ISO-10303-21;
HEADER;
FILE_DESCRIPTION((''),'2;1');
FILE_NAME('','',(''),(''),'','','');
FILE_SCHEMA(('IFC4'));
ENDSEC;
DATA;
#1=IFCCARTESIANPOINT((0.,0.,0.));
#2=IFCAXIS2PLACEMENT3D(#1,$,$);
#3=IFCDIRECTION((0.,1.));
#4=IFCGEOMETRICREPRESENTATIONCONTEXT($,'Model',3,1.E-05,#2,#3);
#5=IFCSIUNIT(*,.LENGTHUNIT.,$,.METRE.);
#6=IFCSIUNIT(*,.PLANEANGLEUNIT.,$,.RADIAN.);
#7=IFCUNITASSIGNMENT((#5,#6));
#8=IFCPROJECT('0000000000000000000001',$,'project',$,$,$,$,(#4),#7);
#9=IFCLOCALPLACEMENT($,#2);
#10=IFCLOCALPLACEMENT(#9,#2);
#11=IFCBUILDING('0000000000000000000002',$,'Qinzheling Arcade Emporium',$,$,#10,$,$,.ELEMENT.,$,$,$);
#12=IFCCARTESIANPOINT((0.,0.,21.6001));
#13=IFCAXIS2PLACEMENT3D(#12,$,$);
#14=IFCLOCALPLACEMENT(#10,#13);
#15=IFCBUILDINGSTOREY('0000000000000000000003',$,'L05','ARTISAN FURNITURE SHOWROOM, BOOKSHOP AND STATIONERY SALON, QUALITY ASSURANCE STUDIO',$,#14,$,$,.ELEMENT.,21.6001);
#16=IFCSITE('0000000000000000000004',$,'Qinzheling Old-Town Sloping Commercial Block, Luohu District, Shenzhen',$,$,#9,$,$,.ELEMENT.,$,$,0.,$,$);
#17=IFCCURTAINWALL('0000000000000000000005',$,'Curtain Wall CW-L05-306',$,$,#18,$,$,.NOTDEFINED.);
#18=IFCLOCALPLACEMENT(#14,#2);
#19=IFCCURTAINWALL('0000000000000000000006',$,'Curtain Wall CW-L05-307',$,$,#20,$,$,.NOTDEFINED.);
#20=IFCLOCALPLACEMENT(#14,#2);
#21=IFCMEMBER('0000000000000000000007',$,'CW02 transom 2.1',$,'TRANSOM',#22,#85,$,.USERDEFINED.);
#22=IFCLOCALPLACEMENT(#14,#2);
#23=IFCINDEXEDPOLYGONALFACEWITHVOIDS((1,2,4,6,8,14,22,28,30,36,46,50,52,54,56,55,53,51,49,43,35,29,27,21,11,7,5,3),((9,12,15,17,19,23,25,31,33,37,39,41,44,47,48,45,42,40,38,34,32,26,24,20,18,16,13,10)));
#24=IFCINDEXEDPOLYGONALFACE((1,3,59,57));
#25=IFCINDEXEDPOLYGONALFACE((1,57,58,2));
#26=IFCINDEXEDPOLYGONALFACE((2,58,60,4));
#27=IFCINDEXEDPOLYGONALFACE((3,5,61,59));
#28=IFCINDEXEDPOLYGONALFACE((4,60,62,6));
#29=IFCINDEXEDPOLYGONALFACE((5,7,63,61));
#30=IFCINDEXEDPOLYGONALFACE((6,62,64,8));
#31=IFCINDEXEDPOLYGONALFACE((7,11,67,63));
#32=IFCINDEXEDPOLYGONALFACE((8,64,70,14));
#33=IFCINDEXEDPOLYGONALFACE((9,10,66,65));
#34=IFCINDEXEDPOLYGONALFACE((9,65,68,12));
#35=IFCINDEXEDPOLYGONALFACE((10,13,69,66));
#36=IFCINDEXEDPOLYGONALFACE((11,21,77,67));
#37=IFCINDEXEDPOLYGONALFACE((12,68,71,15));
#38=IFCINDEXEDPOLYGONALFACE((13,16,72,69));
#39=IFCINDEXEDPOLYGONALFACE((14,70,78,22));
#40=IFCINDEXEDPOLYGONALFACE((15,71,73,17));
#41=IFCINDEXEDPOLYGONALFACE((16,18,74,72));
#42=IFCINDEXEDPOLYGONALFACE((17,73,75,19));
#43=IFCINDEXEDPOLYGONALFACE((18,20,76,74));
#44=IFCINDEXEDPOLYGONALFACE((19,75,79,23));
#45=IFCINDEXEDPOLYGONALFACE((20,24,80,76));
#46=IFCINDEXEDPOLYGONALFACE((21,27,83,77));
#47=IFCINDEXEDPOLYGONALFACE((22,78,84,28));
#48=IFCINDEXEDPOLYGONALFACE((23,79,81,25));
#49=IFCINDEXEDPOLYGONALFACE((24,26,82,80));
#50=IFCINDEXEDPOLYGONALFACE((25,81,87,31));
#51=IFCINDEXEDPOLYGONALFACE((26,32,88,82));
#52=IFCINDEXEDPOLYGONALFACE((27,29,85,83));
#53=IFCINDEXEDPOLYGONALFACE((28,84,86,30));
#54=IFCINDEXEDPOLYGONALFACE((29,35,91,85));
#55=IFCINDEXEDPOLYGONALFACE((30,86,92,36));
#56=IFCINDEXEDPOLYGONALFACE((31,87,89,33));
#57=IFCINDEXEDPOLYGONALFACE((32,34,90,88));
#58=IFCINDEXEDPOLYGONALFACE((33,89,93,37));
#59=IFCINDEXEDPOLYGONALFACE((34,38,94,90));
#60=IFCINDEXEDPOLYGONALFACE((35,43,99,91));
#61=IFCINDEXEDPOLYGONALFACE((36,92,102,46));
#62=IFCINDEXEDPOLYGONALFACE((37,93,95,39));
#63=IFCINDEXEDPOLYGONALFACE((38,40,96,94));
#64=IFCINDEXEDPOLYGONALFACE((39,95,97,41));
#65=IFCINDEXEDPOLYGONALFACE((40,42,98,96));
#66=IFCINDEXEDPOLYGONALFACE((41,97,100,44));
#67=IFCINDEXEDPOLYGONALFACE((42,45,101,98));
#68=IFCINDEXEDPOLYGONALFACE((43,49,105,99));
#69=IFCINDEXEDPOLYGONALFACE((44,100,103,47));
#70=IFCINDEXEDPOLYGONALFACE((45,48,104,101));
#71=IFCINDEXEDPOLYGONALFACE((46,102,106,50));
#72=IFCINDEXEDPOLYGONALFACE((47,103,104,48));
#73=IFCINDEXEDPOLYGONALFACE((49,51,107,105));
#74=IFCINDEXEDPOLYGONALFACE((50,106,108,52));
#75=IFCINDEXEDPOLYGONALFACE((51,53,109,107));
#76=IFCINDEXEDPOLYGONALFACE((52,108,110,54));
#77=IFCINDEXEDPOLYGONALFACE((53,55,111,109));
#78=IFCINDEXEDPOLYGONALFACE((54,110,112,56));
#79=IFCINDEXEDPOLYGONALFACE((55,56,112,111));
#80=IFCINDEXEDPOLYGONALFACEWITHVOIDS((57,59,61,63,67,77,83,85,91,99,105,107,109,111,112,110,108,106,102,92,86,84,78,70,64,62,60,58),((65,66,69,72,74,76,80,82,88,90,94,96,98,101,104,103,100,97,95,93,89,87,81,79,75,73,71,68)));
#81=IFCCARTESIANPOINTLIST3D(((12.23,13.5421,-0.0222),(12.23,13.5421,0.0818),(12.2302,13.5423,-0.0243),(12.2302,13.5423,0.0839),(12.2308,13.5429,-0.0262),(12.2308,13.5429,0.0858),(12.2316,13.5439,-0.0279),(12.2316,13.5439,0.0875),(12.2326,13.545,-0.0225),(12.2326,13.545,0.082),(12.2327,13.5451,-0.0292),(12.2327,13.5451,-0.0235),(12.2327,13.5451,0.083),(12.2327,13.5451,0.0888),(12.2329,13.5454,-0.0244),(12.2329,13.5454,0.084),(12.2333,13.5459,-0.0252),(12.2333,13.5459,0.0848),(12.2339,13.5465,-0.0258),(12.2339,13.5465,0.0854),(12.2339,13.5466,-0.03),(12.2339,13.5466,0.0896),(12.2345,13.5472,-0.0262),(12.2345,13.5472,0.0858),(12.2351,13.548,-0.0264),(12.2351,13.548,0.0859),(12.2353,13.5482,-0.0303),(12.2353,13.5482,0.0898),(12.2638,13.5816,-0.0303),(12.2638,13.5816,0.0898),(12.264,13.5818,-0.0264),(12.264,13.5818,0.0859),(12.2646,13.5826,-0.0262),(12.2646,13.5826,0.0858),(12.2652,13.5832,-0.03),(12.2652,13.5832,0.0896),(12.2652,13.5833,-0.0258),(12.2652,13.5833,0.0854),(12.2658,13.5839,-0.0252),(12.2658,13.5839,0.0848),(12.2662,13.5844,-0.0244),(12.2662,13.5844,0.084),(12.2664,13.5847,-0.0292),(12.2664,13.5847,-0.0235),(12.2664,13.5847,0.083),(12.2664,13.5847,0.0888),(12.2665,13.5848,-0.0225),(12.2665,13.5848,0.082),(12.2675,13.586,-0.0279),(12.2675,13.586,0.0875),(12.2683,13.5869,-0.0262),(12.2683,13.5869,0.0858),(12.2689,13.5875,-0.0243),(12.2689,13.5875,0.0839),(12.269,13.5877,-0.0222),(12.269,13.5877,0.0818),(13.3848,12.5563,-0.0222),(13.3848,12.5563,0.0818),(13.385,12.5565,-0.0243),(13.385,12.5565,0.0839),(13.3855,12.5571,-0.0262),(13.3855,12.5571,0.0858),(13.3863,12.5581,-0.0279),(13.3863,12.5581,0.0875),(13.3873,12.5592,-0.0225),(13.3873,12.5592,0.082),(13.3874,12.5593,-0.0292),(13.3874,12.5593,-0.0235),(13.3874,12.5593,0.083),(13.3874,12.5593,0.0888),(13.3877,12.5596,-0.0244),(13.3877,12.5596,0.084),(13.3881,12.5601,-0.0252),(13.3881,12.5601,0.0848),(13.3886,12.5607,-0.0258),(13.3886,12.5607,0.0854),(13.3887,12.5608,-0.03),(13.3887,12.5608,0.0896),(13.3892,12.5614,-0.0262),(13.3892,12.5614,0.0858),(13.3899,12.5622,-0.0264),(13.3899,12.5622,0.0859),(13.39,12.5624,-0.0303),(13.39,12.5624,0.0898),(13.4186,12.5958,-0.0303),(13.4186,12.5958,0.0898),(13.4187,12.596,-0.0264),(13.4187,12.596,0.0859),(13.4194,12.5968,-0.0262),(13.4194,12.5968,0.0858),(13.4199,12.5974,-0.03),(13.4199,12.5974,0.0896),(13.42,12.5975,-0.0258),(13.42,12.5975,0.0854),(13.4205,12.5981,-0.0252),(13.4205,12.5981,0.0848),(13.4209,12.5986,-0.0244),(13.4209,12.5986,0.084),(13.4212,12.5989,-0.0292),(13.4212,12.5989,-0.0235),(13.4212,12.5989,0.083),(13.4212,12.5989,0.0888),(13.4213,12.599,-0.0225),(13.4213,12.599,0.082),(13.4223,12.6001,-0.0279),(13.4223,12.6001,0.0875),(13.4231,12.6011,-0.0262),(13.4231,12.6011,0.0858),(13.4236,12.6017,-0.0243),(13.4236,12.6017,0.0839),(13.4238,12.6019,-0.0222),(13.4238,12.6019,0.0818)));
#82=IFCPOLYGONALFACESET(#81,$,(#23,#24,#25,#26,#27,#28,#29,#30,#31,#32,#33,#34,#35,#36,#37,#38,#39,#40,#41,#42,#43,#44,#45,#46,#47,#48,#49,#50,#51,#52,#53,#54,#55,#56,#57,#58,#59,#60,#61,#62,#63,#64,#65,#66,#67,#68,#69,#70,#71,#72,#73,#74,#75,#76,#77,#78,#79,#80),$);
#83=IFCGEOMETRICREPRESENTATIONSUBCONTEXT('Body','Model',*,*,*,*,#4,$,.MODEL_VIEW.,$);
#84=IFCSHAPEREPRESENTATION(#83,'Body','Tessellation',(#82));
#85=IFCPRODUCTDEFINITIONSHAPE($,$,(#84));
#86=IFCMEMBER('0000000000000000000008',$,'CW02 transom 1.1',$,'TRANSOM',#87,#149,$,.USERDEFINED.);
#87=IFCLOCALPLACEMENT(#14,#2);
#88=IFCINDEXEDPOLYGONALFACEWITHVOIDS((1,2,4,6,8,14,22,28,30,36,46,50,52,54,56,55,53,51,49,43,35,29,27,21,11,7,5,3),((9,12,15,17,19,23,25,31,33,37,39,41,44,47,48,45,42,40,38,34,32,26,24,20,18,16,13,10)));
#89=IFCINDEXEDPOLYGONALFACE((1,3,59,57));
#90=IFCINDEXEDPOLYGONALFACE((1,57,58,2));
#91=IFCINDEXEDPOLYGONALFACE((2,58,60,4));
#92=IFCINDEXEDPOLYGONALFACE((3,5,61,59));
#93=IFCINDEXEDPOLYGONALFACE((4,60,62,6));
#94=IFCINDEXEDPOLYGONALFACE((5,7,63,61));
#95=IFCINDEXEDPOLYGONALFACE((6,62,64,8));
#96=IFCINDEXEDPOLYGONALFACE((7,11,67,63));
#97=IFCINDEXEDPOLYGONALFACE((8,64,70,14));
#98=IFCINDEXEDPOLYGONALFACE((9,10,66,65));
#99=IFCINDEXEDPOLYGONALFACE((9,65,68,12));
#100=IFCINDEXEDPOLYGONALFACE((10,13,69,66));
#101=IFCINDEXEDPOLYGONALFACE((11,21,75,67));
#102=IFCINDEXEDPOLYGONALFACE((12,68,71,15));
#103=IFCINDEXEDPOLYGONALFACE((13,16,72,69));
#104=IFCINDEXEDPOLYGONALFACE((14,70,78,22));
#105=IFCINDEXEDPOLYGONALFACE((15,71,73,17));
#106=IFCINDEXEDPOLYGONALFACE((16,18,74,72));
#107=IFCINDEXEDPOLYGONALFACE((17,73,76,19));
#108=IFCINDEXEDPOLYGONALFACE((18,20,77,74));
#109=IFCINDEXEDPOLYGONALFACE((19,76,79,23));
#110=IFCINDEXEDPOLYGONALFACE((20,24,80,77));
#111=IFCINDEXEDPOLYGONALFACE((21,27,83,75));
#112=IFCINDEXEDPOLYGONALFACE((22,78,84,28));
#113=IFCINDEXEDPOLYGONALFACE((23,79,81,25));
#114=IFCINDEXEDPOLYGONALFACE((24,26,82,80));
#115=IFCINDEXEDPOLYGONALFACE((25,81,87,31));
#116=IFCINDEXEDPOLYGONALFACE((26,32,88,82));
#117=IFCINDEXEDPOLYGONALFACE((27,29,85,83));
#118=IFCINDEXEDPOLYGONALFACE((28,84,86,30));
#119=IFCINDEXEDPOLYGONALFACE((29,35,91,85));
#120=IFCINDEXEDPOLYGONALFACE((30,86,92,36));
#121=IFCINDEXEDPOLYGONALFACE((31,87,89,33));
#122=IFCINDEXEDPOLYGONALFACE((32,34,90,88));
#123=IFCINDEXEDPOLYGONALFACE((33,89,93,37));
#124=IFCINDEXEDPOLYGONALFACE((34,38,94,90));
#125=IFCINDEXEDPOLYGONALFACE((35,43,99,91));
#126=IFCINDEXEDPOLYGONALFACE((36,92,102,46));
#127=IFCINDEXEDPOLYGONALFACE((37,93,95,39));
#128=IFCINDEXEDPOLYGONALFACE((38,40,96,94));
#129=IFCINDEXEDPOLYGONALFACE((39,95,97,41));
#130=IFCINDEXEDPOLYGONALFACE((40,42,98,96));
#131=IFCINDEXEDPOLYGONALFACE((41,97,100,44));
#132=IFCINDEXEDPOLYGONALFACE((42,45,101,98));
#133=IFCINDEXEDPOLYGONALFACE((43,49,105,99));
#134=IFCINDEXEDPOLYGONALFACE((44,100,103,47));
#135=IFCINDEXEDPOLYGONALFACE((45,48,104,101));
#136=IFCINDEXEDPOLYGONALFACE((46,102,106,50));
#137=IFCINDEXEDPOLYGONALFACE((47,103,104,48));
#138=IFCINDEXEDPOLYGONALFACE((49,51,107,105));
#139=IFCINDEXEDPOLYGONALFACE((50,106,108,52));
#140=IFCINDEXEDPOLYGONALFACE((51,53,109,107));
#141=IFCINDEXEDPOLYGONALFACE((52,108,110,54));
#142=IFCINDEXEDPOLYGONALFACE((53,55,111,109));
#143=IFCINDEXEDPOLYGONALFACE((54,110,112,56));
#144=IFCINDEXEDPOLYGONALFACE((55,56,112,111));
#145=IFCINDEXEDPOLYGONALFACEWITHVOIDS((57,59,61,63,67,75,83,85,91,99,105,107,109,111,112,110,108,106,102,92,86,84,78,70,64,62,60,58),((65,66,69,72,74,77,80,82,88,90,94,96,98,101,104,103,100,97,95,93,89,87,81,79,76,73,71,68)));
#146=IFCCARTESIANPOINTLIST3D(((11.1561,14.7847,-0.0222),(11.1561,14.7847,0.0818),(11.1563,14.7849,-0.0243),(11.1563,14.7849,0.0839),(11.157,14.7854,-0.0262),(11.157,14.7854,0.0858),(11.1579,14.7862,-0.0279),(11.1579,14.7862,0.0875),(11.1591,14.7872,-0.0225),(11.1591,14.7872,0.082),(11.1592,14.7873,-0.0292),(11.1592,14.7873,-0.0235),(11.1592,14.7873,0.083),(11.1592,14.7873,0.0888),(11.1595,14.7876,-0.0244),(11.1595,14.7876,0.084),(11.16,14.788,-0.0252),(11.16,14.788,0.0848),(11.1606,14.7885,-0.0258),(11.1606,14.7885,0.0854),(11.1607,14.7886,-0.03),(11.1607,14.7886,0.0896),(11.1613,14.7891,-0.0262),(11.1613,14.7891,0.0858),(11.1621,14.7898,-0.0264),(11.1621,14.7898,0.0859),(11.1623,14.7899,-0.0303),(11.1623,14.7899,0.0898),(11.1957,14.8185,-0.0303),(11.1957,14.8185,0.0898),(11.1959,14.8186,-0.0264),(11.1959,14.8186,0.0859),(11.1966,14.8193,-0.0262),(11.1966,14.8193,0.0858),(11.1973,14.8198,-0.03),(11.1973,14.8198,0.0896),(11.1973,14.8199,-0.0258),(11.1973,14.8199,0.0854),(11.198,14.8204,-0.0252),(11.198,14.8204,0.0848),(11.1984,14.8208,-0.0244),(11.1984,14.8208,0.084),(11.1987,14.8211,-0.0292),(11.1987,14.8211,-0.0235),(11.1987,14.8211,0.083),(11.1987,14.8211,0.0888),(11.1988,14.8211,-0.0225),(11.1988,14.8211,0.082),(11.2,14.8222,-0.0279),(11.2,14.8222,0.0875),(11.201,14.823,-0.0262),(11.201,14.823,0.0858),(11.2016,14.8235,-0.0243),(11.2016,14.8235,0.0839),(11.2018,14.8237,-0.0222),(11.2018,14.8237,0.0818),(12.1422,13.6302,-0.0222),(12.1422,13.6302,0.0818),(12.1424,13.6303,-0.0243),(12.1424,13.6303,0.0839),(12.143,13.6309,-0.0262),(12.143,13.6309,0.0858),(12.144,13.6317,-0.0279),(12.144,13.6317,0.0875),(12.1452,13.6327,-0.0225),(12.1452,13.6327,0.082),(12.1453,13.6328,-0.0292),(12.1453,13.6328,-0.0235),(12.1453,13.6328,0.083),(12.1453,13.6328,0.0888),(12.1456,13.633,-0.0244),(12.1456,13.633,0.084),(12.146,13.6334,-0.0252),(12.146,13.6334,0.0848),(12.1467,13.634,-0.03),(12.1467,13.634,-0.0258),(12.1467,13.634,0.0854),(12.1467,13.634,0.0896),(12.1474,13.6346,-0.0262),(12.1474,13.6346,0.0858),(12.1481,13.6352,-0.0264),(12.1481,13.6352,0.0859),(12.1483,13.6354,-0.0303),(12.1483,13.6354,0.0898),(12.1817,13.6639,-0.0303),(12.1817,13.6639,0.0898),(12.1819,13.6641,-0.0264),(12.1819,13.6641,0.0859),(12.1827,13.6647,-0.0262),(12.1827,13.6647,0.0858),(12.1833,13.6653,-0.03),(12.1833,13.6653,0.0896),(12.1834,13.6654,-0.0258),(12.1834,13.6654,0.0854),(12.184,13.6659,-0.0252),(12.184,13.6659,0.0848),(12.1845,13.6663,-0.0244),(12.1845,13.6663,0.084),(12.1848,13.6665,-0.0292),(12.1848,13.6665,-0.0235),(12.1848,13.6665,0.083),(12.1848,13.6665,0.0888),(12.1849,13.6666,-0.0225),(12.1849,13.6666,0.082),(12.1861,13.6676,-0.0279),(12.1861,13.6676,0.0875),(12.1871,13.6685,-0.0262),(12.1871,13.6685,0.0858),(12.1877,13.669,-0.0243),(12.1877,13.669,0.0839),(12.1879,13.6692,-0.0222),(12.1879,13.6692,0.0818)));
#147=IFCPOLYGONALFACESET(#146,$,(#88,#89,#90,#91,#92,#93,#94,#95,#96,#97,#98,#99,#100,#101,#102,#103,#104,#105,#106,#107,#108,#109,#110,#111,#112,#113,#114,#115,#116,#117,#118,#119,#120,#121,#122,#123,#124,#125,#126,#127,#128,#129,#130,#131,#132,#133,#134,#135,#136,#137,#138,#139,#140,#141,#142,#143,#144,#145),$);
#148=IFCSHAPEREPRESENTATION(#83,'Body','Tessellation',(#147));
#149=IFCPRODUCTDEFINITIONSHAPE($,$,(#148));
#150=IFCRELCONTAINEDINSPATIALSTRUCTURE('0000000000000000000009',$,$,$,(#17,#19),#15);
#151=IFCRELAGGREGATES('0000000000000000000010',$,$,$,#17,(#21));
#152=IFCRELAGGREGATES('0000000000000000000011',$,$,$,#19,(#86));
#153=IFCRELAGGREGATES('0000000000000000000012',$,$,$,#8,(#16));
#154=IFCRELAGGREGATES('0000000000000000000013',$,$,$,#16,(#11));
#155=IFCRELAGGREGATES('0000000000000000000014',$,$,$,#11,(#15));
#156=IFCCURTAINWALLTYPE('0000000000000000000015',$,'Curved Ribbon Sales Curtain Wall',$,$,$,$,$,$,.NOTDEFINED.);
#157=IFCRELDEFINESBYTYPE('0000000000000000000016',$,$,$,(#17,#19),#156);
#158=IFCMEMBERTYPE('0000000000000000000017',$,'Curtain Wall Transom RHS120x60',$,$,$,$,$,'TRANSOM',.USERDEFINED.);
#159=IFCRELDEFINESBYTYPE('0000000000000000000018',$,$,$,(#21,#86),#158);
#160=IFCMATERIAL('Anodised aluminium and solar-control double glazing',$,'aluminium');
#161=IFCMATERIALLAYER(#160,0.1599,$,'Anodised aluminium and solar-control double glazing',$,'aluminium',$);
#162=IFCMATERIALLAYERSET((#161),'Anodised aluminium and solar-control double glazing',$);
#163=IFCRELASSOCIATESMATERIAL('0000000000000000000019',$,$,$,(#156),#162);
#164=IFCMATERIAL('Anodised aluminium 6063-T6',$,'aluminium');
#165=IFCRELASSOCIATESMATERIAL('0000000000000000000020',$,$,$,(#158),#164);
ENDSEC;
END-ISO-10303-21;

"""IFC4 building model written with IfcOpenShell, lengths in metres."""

from ifc_helpers import new_model, si_unit, direction, frame, origin, origin_2d, place, context, subcontext, project, spatial, hollow_rectangle, extrude, material, layer, layer_set, material_profile, profile_set, type_object, element, aggregate, save


model = new_model("IFC4")

# Units and contexts
model_context = context("Model", 3, precision=1e-05, world=origin(), true_north=direction((0.0, 1.0)))
body_context = subcontext(model_context, "Body", "Model", "MODEL_VIEW")
ifc_project = project(units=[si_unit("LENGTHUNIT", "METRE"), si_unit("PLANEANGLEUNIT", "RADIAN")], contexts=[model_context])

# Site, building, storey
site_placement = place(None, origin())
site = spatial("IfcSite", under=ifc_project, at=site_placement, Name="Qinzheling Old-Town Sloping Commercial Block, Luohu District, Shenzhen", CompositionType="ELEMENT", RefElevation=0.0)
building_placement = place(site_placement, origin())
building = spatial("IfcBuilding", under=site, at=building_placement, Name="Qinzheling Arcade Emporium", CompositionType="ELEMENT")
storey_placement = place(building_placement, frame((0.0, 0.0, 21.6001)))
storey = spatial("IfcBuildingStorey", under=building, at=storey_placement, Name="L05", Description="ARTISAN FURNITURE SHOWROOM, BOOKSHOP AND STATIONERY SALON, QUALITY ASSURANCE STUDIO", CompositionType="ELEMENT", Elevation=21.6001)

# Curtain walls
ifc_material_1 = material(Name="Anodised aluminium and solar-control double glazing", Category="aluminium")
ifc_layer_1 = layer(ifc_material_1, 0.1599, Name="Anodised aluminium and solar-control double glazing", Category="aluminium")
ifc_layer_set_1 = layer_set([ifc_layer_1], Name="Anodised aluminium and solar-control double glazing")
curtain_wall_type = type_object("IfcCurtainWallType", Name="Curved Ribbon Sales Curtain Wall", PredefinedType="NOTDEFINED", material=ifc_layer_set_1)
curtain_wall_1_placement = place(storey_placement, origin())
curtain_wall_1 = element("IfcCurtainWall", 1, at=curtain_wall_1_placement, inside=storey, type_object=curtain_wall_type, Name="Curtain Wall CW-L05-306", PredefinedType="NOTDEFINED")
ifc_material_2 = material(Name="Anodised aluminium 6063-T6", Category="aluminium")
curtain_wall_2_placement = place(storey_placement, origin())
curtain_wall_2 = element("IfcCurtainWall", 2, at=curtain_wall_2_placement, inside=storey, type_object=curtain_wall_type, Name="Curtain Wall CW-L05-307", PredefinedType="NOTDEFINED")

# Members
ifc_material_profile_1 = material_profile(ifc_material_2, hollow_rectangle(XDim=0.0601, YDim=0.1201, WallThickness=0.0039, InnerFilletRadius=0.0039, OuterFilletRadius=0.0081, at=origin_2d()), Name="RHS 120x60x4", Category="aluminium")
ifc_profile_set_1 = profile_set([ifc_material_profile_1], Name="Anodised aluminium 6063-T6")
member_type_1 = type_object("IfcMemberType", Name="Curtain Wall Transom RHS120x60", ElementType="TRANSOM", PredefinedType="USERDEFINED", material=ifc_profile_set_1)
member_1_placement = place(storey_placement, frame((13.4043, 12.5791, 0.0298), z_axis=(-0.760549, 0.649281, 0.0), x_axis=(-0.649281, -0.760549, 0.0)))
member_1 = element("IfcMember", 3, at=member_1_placement, type_object=member_type_1, Name="CW02 transom 2.1", ObjectType="TRANSOM", PredefinedType="USERDEFINED", context=body_context, shape_type="SweptSolid", body=[
    extrude(hollow_rectangle(XDim=0.0601, YDim=0.1201, WallThickness=0.0039, InnerFilletRadius=0.0039, OuterFilletRadius=0.0081, at=origin_2d()), origin(), (0.0, 0.0, 1.0), 1.5183),
])
member_2_placement = place(storey_placement, frame((12.165, 13.6497, 0.0298), z_axis=(-0.649453, 0.760402, 0.0), x_axis=(-0.760402, -0.649453, 0.0)))
member_2 = element("IfcMember", 4, at=member_2_placement, type_object=member_type_1, Name="CW02 transom 1.1", ObjectType="TRANSOM", PredefinedType="USERDEFINED", context=body_context, shape_type="SweptSolid", body=[
    extrude(hollow_rectangle(XDim=0.0601, YDim=0.1201, WallThickness=0.0039, InnerFilletRadius=0.0039, OuterFilletRadius=0.0081, at=origin_2d()), origin(), (0.0, 0.0, 1.0), 1.5183),
])

aggregate(curtain_wall_1, [member_1])
aggregate(curtain_wall_2, [member_2])

save(model, "model.ifc")
